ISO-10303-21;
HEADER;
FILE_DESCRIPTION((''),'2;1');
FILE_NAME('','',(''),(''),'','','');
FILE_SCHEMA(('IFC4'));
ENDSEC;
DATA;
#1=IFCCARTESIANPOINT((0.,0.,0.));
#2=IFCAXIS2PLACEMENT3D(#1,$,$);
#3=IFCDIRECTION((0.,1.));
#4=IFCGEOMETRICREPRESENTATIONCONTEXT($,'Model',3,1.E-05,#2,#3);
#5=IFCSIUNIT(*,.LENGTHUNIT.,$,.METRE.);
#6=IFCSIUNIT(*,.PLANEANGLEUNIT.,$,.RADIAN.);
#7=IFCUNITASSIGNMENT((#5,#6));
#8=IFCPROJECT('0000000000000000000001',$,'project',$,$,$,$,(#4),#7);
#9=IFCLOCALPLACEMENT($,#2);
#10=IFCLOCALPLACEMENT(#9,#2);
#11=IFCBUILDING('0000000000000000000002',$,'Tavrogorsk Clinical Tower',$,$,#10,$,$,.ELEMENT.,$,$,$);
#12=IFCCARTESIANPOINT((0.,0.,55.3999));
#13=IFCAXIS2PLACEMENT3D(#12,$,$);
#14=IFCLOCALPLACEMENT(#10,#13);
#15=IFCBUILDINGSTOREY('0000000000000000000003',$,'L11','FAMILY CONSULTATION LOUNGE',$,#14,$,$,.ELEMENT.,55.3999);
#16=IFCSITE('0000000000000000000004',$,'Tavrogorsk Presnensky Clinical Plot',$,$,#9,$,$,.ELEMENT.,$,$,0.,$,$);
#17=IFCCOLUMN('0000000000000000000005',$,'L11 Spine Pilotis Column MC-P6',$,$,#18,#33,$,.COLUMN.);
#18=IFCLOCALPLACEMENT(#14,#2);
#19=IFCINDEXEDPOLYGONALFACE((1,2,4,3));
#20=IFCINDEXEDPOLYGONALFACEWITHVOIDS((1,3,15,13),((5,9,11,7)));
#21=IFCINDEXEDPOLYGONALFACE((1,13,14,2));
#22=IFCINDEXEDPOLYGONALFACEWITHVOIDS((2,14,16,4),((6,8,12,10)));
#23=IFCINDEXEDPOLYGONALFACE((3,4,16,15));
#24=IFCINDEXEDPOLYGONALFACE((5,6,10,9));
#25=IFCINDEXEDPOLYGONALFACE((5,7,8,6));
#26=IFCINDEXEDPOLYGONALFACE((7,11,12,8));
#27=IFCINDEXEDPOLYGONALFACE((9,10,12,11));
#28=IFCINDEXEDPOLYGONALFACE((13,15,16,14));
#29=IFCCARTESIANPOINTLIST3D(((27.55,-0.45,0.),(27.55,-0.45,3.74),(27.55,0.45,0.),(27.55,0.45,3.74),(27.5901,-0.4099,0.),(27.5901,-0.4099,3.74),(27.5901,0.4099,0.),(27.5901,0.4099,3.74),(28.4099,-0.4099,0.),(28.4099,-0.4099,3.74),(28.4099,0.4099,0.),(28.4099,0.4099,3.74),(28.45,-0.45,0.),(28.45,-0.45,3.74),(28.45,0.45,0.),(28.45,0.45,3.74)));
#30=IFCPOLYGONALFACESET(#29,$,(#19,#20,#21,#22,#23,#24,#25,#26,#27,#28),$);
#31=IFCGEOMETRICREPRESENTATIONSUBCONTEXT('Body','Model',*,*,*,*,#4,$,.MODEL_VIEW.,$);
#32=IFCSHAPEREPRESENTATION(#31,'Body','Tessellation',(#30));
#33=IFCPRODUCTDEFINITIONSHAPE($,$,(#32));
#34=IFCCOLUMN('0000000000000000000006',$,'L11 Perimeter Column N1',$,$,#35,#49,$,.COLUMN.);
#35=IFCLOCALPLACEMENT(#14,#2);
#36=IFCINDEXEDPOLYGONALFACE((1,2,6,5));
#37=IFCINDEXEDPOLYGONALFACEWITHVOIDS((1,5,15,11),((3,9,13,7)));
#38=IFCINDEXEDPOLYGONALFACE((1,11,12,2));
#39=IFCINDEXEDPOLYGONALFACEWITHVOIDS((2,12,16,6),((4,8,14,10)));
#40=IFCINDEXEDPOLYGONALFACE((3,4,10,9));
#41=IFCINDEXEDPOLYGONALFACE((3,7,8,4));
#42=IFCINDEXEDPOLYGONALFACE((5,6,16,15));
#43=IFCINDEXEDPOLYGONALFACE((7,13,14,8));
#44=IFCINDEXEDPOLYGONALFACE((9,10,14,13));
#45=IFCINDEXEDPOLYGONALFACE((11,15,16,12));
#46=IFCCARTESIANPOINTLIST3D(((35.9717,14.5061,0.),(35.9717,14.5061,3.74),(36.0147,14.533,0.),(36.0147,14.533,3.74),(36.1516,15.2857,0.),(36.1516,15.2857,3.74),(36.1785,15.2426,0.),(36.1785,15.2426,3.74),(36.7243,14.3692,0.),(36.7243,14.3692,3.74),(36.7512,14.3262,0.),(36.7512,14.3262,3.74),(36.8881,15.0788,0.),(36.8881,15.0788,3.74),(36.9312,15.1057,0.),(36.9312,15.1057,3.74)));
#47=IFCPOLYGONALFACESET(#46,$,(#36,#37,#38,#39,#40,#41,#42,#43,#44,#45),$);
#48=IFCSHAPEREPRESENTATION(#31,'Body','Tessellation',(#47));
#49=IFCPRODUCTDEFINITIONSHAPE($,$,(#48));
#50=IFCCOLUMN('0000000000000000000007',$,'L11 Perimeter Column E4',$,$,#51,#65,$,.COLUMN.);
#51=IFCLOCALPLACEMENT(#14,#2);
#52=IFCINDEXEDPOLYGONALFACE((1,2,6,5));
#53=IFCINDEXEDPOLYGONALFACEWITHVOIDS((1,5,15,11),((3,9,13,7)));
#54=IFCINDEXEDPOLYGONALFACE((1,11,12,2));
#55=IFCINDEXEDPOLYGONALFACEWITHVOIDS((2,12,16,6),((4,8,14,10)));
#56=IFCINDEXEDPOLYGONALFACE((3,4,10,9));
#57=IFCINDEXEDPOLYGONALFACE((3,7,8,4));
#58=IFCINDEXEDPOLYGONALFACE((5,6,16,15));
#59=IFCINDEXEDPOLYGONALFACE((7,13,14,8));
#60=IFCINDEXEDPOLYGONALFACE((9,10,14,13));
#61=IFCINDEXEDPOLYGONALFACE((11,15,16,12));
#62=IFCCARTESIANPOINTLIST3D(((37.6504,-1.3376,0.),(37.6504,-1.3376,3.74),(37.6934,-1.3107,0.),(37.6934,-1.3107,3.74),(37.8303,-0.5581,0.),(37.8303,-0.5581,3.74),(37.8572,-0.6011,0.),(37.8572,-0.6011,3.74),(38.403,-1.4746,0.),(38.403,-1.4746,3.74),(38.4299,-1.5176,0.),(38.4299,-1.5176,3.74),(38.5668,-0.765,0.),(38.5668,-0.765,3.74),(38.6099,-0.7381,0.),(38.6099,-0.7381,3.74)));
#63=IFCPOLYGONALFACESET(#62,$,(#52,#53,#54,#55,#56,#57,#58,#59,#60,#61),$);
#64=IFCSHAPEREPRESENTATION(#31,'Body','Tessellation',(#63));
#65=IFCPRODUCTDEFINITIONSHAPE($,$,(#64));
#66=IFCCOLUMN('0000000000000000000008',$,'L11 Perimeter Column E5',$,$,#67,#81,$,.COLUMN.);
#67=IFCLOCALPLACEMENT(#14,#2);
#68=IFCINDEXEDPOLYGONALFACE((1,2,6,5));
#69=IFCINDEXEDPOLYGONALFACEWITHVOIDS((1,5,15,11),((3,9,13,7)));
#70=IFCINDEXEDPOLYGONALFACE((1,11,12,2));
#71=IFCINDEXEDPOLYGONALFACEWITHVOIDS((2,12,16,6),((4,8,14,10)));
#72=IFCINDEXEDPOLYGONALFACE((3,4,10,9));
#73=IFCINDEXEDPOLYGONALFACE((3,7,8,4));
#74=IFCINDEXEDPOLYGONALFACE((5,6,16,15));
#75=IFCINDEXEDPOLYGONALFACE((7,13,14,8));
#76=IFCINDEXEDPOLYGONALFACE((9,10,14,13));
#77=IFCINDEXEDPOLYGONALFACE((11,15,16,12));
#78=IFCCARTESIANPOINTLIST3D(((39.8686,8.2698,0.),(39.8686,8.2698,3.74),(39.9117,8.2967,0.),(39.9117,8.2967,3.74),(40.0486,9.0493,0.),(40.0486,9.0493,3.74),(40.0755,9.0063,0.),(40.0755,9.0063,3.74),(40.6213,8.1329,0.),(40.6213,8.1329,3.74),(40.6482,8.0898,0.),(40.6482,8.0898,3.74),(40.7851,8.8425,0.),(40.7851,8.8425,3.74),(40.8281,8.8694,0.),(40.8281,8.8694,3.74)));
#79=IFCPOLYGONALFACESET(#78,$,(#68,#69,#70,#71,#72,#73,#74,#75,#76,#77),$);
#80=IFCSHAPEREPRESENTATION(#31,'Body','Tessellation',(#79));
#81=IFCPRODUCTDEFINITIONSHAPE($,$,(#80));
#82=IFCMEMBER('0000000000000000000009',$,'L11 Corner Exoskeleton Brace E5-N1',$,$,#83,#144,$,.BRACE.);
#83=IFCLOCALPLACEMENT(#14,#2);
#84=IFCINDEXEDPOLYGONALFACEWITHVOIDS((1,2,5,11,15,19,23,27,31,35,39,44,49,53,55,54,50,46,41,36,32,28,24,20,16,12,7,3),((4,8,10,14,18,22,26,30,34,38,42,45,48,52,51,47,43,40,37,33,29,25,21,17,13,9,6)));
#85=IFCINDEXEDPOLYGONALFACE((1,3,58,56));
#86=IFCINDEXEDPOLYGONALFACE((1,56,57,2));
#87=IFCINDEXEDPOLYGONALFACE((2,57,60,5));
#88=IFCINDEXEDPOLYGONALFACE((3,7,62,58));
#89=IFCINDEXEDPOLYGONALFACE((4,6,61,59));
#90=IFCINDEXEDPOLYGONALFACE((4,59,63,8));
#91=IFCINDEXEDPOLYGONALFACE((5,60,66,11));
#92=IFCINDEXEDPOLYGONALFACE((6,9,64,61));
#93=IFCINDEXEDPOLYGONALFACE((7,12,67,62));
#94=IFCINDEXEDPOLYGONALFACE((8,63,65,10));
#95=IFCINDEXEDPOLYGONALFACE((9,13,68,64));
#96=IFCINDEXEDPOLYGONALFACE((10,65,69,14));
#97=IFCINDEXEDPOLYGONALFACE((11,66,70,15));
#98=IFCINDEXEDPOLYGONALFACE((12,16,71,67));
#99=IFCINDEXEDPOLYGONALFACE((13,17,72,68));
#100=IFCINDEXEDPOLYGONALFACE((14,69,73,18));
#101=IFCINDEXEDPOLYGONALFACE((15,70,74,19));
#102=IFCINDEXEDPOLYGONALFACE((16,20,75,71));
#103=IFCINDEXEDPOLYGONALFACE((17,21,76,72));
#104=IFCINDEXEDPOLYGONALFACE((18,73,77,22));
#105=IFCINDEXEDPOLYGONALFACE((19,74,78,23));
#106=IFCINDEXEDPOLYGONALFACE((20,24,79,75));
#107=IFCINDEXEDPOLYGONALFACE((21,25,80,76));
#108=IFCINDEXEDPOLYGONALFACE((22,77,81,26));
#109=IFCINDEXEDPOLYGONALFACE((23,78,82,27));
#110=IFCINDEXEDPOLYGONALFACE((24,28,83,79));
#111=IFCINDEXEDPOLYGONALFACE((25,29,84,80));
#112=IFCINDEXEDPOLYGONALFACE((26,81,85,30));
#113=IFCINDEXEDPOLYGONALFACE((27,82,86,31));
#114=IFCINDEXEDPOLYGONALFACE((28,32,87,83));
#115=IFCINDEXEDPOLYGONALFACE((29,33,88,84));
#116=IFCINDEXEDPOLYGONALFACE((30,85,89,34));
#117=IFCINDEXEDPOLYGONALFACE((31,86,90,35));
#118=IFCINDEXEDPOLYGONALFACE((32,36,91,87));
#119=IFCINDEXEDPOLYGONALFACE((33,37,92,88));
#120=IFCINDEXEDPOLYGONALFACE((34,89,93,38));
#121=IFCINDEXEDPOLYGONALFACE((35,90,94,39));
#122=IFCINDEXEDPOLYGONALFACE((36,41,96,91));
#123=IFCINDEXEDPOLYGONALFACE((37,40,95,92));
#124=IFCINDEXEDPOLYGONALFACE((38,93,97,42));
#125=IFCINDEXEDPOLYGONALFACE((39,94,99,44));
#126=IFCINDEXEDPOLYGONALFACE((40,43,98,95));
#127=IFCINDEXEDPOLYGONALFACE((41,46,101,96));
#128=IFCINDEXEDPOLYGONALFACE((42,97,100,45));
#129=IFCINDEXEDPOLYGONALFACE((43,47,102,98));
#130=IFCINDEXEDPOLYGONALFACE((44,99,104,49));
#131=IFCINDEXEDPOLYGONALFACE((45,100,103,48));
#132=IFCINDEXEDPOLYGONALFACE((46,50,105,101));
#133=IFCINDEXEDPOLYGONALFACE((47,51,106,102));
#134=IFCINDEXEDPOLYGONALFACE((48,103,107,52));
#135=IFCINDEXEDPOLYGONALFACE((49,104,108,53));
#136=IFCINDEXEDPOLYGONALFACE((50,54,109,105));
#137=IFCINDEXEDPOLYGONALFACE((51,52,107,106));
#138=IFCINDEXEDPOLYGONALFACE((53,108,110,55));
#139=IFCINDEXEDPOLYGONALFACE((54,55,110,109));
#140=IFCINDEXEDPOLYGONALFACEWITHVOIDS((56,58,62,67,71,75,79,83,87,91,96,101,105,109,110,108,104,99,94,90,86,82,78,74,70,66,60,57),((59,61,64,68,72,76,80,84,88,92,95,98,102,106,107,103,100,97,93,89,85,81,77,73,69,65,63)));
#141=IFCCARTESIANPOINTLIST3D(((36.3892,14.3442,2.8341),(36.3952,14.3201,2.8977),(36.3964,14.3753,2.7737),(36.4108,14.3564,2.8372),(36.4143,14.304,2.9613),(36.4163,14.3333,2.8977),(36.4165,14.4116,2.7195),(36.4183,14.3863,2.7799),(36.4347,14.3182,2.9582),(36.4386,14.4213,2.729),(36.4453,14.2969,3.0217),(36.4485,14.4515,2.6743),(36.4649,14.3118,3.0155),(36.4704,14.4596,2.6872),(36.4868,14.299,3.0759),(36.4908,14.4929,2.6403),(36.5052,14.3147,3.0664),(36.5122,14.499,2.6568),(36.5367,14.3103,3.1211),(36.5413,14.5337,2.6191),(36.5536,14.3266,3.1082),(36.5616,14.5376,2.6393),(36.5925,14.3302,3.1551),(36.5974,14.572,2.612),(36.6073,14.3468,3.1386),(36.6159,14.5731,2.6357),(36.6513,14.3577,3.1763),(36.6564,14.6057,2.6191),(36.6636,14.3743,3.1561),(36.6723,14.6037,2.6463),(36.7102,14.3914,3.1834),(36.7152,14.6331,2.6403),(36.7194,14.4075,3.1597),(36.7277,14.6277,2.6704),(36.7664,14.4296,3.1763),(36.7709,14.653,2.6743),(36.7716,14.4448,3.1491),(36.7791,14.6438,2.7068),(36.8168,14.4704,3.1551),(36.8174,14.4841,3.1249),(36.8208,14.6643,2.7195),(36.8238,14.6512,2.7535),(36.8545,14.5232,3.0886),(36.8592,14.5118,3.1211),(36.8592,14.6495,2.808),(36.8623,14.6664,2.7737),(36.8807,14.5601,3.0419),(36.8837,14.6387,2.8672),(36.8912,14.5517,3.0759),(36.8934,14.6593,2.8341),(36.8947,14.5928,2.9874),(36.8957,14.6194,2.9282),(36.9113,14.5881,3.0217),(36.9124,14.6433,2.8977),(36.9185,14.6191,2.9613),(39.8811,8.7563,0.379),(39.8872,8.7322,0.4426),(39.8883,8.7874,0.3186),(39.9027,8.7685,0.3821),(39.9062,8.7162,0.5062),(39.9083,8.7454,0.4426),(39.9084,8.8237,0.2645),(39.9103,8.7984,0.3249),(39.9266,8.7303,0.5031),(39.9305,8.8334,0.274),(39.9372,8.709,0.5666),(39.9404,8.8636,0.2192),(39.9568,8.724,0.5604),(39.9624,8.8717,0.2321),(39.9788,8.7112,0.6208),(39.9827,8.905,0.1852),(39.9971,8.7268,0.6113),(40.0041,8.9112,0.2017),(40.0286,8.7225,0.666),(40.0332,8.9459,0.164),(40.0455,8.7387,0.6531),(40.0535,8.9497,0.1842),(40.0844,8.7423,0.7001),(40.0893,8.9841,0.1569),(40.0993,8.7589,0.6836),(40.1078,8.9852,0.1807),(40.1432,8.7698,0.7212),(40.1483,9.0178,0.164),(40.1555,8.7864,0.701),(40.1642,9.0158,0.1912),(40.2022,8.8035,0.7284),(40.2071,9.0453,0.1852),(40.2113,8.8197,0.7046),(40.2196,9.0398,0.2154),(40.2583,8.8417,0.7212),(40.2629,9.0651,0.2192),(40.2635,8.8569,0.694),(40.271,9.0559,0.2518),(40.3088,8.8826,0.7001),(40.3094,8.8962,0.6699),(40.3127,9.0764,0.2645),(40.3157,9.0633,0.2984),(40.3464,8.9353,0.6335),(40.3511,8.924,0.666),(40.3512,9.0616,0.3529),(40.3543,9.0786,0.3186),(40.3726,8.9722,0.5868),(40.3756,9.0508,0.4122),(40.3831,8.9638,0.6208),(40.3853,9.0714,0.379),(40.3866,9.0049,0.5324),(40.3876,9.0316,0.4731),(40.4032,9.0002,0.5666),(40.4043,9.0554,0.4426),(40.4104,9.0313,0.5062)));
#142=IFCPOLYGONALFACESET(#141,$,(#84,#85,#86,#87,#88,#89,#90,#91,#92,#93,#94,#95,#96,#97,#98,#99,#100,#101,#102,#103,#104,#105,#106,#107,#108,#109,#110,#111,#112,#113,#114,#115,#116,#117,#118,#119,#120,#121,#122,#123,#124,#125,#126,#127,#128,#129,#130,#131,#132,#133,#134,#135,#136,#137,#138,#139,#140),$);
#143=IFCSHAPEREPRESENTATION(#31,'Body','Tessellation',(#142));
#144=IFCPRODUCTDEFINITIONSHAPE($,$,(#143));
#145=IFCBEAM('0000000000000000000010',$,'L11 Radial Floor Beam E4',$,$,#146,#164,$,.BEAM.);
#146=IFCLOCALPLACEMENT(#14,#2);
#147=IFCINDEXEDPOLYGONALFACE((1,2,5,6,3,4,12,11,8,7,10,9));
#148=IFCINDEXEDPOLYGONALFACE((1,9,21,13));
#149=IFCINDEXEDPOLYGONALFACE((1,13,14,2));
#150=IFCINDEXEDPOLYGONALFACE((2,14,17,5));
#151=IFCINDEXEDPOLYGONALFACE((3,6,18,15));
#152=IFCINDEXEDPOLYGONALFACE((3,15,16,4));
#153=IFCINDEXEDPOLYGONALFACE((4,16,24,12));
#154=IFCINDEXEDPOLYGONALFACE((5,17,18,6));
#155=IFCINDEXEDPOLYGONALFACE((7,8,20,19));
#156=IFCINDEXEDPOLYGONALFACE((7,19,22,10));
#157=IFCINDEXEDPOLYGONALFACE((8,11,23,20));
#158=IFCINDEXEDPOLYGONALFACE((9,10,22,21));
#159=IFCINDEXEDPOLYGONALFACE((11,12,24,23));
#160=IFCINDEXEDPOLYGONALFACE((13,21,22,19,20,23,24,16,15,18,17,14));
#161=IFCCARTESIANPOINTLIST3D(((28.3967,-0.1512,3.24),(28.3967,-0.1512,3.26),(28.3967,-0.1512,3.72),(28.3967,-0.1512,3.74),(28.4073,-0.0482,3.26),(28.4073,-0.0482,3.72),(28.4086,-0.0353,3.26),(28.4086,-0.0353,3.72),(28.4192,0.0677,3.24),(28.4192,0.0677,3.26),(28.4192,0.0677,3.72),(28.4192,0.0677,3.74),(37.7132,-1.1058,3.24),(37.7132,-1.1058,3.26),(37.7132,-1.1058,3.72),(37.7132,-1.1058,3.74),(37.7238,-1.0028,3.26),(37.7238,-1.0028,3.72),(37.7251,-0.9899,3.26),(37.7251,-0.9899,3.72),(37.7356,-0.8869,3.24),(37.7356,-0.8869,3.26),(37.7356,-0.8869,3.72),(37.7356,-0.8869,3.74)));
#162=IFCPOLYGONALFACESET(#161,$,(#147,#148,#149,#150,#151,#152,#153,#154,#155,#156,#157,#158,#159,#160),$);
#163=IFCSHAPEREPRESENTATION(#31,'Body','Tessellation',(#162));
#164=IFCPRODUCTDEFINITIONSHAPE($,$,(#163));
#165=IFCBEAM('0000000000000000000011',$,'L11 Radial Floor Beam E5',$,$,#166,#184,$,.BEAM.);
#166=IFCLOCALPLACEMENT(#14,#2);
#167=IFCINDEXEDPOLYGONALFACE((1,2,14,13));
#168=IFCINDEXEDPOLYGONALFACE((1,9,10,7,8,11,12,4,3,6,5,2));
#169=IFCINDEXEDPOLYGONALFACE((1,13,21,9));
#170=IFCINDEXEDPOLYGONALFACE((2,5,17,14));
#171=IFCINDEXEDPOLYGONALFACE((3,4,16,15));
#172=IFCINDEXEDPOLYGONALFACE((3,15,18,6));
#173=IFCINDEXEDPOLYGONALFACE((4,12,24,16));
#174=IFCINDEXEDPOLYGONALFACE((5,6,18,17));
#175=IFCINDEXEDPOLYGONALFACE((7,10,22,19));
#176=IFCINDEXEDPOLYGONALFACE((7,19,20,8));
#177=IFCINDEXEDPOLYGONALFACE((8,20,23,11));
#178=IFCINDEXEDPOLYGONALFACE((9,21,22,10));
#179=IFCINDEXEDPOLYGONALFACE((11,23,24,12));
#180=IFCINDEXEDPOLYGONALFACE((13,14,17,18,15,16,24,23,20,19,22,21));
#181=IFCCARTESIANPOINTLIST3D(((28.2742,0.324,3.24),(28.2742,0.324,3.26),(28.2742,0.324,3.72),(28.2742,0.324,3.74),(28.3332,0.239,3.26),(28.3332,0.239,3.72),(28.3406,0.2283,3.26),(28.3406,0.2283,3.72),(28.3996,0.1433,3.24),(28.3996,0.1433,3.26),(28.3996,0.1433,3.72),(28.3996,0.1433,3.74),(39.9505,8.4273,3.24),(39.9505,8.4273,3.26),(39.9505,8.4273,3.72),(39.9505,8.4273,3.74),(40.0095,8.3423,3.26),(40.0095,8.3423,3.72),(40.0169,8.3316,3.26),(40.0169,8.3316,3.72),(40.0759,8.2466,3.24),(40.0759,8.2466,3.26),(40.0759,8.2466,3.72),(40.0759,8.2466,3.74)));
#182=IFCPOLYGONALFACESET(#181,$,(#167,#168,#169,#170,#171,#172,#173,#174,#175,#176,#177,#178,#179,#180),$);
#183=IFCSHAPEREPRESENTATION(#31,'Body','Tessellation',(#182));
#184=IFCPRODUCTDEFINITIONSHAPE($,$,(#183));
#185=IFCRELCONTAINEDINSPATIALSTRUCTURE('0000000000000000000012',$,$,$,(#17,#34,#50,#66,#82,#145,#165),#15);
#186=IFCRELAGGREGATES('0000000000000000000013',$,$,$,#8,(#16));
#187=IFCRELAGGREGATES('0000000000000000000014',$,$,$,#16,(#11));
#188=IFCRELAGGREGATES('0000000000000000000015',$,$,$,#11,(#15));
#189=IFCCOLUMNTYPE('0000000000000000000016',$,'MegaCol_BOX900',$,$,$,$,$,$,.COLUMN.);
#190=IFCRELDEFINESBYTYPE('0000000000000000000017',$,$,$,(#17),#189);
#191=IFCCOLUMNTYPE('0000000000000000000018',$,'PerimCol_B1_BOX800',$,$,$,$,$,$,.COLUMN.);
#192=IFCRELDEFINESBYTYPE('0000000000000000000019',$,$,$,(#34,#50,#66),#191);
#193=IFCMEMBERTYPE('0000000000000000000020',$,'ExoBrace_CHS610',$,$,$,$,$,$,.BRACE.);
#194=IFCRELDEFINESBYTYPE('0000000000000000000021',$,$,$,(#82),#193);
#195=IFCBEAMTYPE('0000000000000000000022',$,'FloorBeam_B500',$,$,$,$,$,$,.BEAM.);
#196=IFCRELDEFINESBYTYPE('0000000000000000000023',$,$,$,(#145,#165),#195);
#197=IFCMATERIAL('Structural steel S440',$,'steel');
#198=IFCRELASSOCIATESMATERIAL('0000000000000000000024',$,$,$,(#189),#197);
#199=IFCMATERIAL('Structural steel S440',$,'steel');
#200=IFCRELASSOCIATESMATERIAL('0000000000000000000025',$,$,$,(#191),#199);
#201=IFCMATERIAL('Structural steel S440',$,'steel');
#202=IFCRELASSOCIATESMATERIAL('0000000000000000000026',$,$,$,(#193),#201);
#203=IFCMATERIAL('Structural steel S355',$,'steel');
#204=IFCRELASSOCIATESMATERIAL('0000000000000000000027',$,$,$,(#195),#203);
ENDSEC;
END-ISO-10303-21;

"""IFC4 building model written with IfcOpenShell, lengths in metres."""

from ifc_helpers import new_model, si_unit, direction, frame, origin, origin_2d, place, context, subcontext, project, spatial, hollow_rectangle, hollow_circle, i_section, extrude, material, material_profile, profile_set, type_object, element, save


model = new_model("IFC4")

# Units and contexts
model_context = context("Model", 3, precision=1e-05, world=origin(), true_north=direction((0.0, 1.0)))
body_context = subcontext(model_context, "Body", "Model", "MODEL_VIEW")
ifc_project = project(units=[si_unit("LENGTHUNIT", "METRE"), si_unit("PLANEANGLEUNIT", "RADIAN")], contexts=[model_context])

# Site, building, storey
site_placement = place(None, origin())
site = spatial("IfcSite", under=ifc_project, at=site_placement, Name="Tavrogorsk Presnensky Clinical Plot", CompositionType="ELEMENT", RefElevation=0.0)
building_placement = place(site_placement, origin())
building = spatial("IfcBuilding", under=site, at=building_placement, Name="Tavrogorsk Clinical Tower", CompositionType="ELEMENT")
storey_placement = place(building_placement, frame((0.0, 0.0, 55.3999)))
storey = spatial("IfcBuildingStorey", under=building, at=storey_placement, Name="L11", Description="FAMILY CONSULTATION LOUNGE", CompositionType="ELEMENT", Elevation=55.3999)

# Columns
ifc_material_1 = material(Name="Structural steel S440", Category="steel")
ifc_material_profile_1 = material_profile(ifc_material_1, hollow_rectangle(XDim=0.8999, YDim=0.8999, WallThickness=0.04, at=origin_2d()), Name="BOX-900x900x40")
ifc_profile_set_1 = profile_set([ifc_material_profile_1], Name="Structural steel S440")
column_type_1 = type_object("IfcColumnType", Name="MegaCol_BOX900", PredefinedType="COLUMN", material=ifc_profile_set_1)
column_placement = place(storey_placement, frame((28.0, 0.0, 0.0), z_axis=(0.0, 0.0, 1.0), x_axis=(1.0, 0.0, 0.0)))
element("IfcColumn", 1, at=column_placement, inside=storey, type_object=column_type_1, Name="L11 Spine Pilotis Column MC-P6", PredefinedType="COLUMN", context=body_context, shape_type="SweptSolid", body=[
    extrude(hollow_rectangle(XDim=0.8999, YDim=0.8999, WallThickness=0.04, at=origin_2d()), origin(), (0.0, 0.0, 1.0), 3.74),
])
ifc_material_2 = material(Name="Structural steel S440", Category="steel")
ifc_material_profile_2 = material_profile(ifc_material_2, hollow_rectangle(XDim=0.8, YDim=0.8, WallThickness=0.0359, at=origin_2d()), Name="BOX-800x800x36")
ifc_profile_set_2 = profile_set([ifc_material_profile_2], Name="Structural steel S440")
column_type_2 = type_object("IfcColumnType", Name="PerimCol_B1_BOX800", PredefinedType="COLUMN", material=ifc_profile_set_2)
for number, where, z_axis, x_axis, name in (
    (2, (36.4514, 14.8059, 0.0), (0.0, 0.0, 1.0), (0.97437, -0.224951, 0.0), "L11 Perimeter Column N1"),
    (3, (38.1301, -1.0378, 0.0), (0.0, 0.0, 1.0), (0.97437, -0.224951, 0.0), "L11 Perimeter Column E4"),
    (4, (40.3484, 8.5696, 0.0), (0.0, 0.0, 1.0), (0.97437, -0.224951, 0.0), "L11 Perimeter Column E5"),
):
    element("IfcColumn", number, at=place(storey_placement, frame(where, z_axis=z_axis, x_axis=x_axis)), inside=storey, type_object=column_type_2, Name=name, PredefinedType="COLUMN", context=body_context, shape_type="SweptSolid", body=[
        extrude(hollow_rectangle(XDim=0.8, YDim=0.8, WallThickness=0.0359, at=origin_2d()), origin(), (0.0, 0.0, 1.0), 3.74),
    ])

# Member
ifc_material_3 = material(Name="Structural steel S440", Category="steel")
ifc_material_profile_3 = material_profile(ifc_material_3, hollow_circle(Radius=0.3049, WallThickness=0.0249, at=origin_2d()), Name="CHS-610x25")
ifc_profile_set_3 = profile_set([ifc_material_profile_3], Name="Structural steel S440")
member_type_1 = type_object("IfcMemberType", Name="ExoBrace_CHS610", PredefinedType="BRACE", material=ifc_profile_set_3)
member_placement = place(storey_placement, frame((40.1458, 8.8938, 0.4426), z_axis=(-0.496596, 0.794665, 0.349142), x_axis=(-0.848032, -0.529946, 0.0)))
element("IfcMember", 5, at=member_placement, inside=storey, type_object=member_type_1, Name="L11 Corner Exoskeleton Brace E5-N1", PredefinedType="BRACE", context=body_context, shape_type="SweptSolid", body=[
    extrude(hollow_circle(Radius=0.3049, WallThickness=0.0249, at=origin_2d()), origin(), (0.0, 0.0, 1.0), 7.0317),
])

# Beams
ifc_material_4 = material(Name="Structural steel S355", Category="steel")
ifc_material_profile_4 = material_profile(ifc_material_4, i_section(OverallWidth=0.22, OverallDepth=0.5, WebThickness=0.0129, FlangeThickness=0.02, at=origin_2d()), Name="B-500x220x13x20")
ifc_profile_set_4 = profile_set([ifc_material_profile_4], Name="Structural steel S355")
beam_type_1 = type_object("IfcBeamType", Name="FloorBeam_B500", PredefinedType="BEAM", material=ifc_profile_set_4)
beam_1_placement = place(storey_placement, frame((28.408, -0.0417, 3.49), z_axis=(0.994792, -0.10193, 0.0), x_axis=(0.10193, 0.994792, 0.0)))
element("IfcBeam", 6, at=beam_1_placement, inside=storey, type_object=beam_type_1, Name="L11 Radial Floor Beam E4", PredefinedType="BEAM", context=body_context, shape_type="SweptSolid", body=[
    extrude(i_section(OverallWidth=0.22, OverallDepth=0.5, WebThickness=0.0129, FlangeThickness=0.02, at=origin_2d()), origin(), (0.0, 0.0, 1.0), 9.3652),
])
beam_2_placement = place(storey_placement, frame((28.3369, 0.2336, 3.49), z_axis=(0.821543, 0.570147, 0.0), x_axis=(-0.570147, 0.821543, 0.0)))
element("IfcBeam", 7, at=beam_2_placement, inside=storey, type_object=beam_type_1, Name="L11 Radial Floor Beam E5", PredefinedType="BEAM", context=body_context, shape_type="SweptSolid", body=[
    extrude(i_section(OverallWidth=0.22, OverallDepth=0.5, WebThickness=0.0129, FlangeThickness=0.02, at=origin_2d()), origin(), (0.0, 0.0, 1.0), 14.2126),
])

save(model, "model.ifc")
